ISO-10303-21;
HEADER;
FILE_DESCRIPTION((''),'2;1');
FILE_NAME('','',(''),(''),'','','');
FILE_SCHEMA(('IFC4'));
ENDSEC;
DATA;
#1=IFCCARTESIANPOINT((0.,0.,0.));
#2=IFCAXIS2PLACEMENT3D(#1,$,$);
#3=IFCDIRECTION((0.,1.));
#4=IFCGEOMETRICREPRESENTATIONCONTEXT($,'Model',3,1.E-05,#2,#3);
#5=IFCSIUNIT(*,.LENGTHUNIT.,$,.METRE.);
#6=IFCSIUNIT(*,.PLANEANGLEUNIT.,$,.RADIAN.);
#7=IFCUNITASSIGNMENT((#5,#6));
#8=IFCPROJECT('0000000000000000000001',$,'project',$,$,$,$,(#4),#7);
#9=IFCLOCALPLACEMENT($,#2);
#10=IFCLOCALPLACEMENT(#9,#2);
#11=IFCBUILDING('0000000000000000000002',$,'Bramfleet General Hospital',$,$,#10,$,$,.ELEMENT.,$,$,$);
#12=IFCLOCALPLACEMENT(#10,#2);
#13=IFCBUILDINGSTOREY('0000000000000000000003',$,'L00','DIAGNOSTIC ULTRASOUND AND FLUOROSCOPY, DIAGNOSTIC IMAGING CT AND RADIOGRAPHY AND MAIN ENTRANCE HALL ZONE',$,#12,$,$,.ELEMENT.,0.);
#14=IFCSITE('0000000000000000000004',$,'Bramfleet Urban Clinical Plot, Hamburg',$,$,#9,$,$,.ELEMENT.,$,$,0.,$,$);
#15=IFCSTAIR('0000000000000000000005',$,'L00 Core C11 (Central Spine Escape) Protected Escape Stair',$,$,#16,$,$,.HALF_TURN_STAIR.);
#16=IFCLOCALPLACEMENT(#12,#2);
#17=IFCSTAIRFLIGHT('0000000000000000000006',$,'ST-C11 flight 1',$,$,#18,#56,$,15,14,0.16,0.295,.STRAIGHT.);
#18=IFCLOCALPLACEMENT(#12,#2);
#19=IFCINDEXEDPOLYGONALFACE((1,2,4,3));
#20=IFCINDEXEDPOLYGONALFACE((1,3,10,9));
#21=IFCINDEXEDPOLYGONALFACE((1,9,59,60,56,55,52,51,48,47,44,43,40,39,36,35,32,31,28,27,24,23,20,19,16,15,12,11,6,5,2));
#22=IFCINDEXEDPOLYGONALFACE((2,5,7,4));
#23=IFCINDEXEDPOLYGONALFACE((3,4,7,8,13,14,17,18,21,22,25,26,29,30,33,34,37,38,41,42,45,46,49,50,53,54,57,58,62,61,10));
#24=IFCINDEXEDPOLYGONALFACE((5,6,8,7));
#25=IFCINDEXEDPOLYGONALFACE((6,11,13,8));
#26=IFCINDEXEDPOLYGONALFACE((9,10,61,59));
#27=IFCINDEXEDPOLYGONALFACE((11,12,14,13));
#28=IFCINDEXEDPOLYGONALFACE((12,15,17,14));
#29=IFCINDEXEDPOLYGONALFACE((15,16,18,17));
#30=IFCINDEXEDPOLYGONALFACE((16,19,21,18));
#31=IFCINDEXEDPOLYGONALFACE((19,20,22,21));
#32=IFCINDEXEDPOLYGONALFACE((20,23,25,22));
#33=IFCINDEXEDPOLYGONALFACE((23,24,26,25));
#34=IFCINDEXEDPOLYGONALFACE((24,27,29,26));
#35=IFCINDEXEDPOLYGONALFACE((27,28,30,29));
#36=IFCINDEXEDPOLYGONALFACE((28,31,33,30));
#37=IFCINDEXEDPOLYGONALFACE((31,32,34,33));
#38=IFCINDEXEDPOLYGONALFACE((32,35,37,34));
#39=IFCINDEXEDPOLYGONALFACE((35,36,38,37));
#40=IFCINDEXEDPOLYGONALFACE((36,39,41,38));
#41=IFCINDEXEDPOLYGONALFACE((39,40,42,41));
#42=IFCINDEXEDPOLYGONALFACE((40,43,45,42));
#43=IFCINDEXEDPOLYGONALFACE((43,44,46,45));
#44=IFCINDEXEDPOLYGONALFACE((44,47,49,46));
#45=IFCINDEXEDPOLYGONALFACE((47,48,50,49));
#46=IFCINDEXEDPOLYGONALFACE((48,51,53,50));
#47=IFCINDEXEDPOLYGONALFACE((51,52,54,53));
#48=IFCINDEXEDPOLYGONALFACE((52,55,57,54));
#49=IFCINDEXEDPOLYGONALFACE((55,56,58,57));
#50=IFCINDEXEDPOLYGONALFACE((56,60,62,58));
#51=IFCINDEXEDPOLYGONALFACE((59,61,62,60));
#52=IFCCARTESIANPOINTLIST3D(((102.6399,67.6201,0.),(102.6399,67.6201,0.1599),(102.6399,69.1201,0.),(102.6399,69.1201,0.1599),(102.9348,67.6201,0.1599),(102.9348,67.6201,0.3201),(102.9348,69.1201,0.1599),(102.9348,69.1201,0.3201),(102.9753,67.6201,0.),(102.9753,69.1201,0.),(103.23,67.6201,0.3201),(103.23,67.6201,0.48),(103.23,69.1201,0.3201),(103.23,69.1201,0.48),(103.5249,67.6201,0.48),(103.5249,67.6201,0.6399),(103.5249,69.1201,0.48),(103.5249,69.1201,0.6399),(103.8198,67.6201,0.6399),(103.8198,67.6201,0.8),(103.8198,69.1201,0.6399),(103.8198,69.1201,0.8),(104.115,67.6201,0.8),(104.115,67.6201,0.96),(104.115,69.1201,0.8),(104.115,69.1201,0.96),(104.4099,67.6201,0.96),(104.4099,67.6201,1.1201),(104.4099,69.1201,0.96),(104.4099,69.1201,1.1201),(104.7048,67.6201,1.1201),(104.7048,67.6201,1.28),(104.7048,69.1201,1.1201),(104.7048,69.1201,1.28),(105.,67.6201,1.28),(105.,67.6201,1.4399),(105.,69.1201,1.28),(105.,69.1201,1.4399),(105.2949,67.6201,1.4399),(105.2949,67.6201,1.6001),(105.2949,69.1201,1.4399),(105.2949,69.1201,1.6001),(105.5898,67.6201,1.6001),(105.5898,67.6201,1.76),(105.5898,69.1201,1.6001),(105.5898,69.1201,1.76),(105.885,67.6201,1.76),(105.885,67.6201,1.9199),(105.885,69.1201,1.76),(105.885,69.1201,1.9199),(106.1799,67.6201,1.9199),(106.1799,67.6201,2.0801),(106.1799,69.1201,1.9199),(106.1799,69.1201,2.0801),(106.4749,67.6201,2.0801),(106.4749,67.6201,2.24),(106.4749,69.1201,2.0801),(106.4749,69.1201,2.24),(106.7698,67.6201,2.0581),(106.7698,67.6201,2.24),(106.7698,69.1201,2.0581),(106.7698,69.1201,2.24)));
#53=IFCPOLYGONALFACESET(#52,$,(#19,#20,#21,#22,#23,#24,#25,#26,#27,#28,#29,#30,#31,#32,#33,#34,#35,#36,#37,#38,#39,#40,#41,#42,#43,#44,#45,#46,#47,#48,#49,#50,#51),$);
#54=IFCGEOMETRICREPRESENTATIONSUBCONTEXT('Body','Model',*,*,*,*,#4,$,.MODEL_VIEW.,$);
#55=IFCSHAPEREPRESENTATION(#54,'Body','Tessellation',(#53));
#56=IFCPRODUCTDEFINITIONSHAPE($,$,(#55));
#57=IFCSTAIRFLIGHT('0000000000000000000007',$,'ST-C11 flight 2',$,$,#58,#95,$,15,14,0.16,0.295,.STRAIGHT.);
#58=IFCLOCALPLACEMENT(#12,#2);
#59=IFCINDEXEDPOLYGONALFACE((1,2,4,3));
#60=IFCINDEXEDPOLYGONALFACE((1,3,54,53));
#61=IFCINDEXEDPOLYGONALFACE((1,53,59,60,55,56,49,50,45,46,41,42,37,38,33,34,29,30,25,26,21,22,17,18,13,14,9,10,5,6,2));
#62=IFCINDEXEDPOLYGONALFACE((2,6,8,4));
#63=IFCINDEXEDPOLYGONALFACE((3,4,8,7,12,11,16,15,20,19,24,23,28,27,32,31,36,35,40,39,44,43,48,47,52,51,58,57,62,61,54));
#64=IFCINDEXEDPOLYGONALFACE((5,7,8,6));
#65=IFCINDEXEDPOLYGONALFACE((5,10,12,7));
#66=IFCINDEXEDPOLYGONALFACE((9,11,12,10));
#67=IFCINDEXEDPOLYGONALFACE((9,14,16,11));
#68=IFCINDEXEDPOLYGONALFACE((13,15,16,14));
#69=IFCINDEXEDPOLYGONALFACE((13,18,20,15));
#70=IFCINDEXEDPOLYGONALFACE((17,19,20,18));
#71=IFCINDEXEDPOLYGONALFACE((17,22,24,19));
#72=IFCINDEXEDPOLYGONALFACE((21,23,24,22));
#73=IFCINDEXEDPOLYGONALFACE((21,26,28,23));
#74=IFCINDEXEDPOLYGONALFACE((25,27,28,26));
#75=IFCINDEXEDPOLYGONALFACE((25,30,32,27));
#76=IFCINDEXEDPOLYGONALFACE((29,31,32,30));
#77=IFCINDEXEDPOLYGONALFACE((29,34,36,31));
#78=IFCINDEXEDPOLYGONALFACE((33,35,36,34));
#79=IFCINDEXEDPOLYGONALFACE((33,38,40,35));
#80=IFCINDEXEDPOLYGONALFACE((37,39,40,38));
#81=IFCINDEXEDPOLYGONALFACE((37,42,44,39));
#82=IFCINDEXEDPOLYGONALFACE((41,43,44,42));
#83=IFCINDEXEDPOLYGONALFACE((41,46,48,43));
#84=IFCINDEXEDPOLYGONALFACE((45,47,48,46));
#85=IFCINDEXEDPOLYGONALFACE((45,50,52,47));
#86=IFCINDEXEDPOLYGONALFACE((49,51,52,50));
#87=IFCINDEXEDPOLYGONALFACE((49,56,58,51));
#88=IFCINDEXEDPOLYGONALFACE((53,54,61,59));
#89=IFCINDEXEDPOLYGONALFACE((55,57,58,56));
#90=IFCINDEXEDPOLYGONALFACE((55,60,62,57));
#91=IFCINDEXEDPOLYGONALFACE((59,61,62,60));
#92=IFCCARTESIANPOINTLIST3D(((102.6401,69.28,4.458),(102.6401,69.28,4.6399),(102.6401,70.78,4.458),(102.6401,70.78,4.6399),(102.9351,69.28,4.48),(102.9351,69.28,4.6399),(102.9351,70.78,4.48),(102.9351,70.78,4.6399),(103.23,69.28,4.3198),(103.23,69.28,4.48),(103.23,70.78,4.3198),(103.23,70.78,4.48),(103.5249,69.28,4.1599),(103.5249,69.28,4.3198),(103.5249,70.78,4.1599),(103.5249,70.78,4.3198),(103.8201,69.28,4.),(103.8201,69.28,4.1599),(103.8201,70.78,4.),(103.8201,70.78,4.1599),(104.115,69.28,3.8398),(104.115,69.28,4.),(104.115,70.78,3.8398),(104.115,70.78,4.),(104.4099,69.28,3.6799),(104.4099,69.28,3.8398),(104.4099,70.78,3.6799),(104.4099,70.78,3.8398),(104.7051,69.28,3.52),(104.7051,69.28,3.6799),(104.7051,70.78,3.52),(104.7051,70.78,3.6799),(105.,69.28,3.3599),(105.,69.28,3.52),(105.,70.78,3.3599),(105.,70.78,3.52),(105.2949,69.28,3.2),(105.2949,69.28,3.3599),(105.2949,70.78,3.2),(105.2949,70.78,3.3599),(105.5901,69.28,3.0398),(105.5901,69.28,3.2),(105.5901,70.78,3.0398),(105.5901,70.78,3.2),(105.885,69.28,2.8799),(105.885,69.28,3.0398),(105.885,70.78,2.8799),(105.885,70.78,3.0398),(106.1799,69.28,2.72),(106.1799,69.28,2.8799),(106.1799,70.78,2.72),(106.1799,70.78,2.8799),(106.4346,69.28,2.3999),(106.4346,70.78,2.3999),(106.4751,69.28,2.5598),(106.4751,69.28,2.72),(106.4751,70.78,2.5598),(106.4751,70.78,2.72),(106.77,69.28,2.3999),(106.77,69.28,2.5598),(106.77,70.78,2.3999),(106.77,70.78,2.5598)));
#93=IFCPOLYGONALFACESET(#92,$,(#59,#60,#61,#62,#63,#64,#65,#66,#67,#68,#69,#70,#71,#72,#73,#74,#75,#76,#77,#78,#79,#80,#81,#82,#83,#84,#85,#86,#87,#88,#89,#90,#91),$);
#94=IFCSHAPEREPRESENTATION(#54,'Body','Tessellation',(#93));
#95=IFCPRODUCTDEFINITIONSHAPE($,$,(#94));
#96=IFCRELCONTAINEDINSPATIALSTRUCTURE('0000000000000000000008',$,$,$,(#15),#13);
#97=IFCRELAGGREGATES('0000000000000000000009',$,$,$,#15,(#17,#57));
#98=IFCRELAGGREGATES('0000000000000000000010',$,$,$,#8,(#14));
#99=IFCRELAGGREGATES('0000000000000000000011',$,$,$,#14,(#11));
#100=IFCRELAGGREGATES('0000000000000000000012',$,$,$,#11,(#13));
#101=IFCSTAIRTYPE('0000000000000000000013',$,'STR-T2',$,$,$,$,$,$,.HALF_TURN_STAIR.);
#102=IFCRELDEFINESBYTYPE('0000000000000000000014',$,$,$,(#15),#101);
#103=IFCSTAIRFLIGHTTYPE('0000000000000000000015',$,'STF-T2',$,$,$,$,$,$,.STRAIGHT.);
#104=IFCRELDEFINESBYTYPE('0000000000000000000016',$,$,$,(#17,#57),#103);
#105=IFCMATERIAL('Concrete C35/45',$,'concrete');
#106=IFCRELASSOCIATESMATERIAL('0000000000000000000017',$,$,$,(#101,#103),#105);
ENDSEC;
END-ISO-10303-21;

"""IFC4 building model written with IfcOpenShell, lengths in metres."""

from ifc_helpers import new_model, si_unit, direction, frame, origin, place, context, subcontext, project, spatial, polyline, outline, extrude, material, type_object, element, aggregate, save


model = new_model("IFC4")

# Units and contexts
model_context = context("Model", 3, precision=1e-05, world=origin(), true_north=direction((0.0, 1.0)))
body_context = subcontext(model_context, "Body", "Model", "MODEL_VIEW")
ifc_project = project(units=[si_unit("LENGTHUNIT", "METRE"), si_unit("PLANEANGLEUNIT", "RADIAN")], contexts=[model_context])

# Site, building, storey
site_placement = place(None, origin())
site = spatial("IfcSite", under=ifc_project, at=site_placement, Name="Bramfleet Urban Clinical Plot, Hamburg", CompositionType="ELEMENT", RefElevation=0.0)
building_placement = place(site_placement, origin())
building = spatial("IfcBuilding", under=site, at=building_placement, Name="Bramfleet General Hospital", CompositionType="ELEMENT")
storey_placement = place(building_placement, origin())
storey = spatial("IfcBuildingStorey", under=building, at=storey_placement, Name="L00", Description="DIAGNOSTIC ULTRASOUND AND FLUOROSCOPY, DIAGNOSTIC IMAGING CT AND RADIOGRAPHY AND MAIN ENTRANCE HALL ZONE", CompositionType="ELEMENT", Elevation=0.0)

# Shared definitions
ifc_material_1 = material(Name="Concrete C35/45", Category="concrete")

# Stair, stair flights
stair_type = type_object("IfcStairType", Name="STR-T2", PredefinedType="HALF_TURN_STAIR", material=ifc_material_1)
stair_placement = place(storey_placement, origin())
stair = element("IfcStair", 1, at=stair_placement, inside=storey, type_object=stair_type, Name="L00 Core C11 (Central Spine Escape) Protected Escape Stair", PredefinedType="HALF_TURN_STAIR")
stair_flight_type = type_object("IfcStairFlightType", Name="STF-T2", PredefinedType="STRAIGHT", material=ifc_material_1)
stair_flight_1_placement = place(storey_placement, frame((102.6399, 68.3701, 0.0), z_axis=(0.0, 0.0, 1.0), x_axis=(1.0, 0.0, 0.0)))
stair_flight_1 = element("IfcStairFlight", 2, at=stair_flight_1_placement, type_object=stair_flight_type, Name="ST-C11 flight 1", NumberOfRisers=15, NumberOfTreads=14, PredefinedType="STRAIGHT", RiserHeight=0.16, TreadLength=0.295, context=body_context, shape_type="SweptSolid", body=[
    extrude(outline(polyline([(0.0, 0.0), (0.0, 0.1599), (0.2949, 0.1599), (0.2949, 0.3201), (0.5901, 0.3201), (0.5901, 0.48), (0.885, 0.48), (0.885, 0.6399), (1.1799, 0.6399), (1.1799, 0.8), (1.4751, 0.8), (1.4751, 0.96), (1.77, 0.96), (1.77, 1.1201), (2.0649, 1.1201), (2.0649, 1.28), (2.3601, 1.28), (2.3601, 1.4399), (2.655, 1.4399), (2.655, 1.6001), (2.95, 1.6001), (2.95, 1.76), (3.2451, 1.76), (3.2451, 1.9199), (3.54, 1.9199), (3.54, 2.0801), (3.835, 2.0801), (3.835, 2.24), (4.1299, 2.24), (4.1299, 2.3999), (4.1299, 2.0581), (0.3354, 0.0), (0.0, 0.0)])), frame((0.0, 0.75, 0.0), z_axis=(0.0, -1.0, 0.0), x_axis=(1.0, 0.0, 0.0)), (0.0, 0.0, 1.0), 1.5),
])
stair_flight_2_placement = place(storey_placement, frame((106.77, 70.03, 2.3999), z_axis=(0.0, 0.0, 1.0), x_axis=(-1.0, 0.0, 0.0)))
stair_flight_2 = element("IfcStairFlight", 3, at=stair_flight_2_placement, type_object=stair_flight_type, Name="ST-C11 flight 2", NumberOfRisers=15, NumberOfTreads=14, PredefinedType="STRAIGHT", RiserHeight=0.16, TreadLength=0.295, context=body_context, shape_type="SweptSolid", body=[
    extrude(outline(polyline([(0.0, 0.0), (0.0, 0.1599), (0.2949, 0.1599), (0.2949, 0.3201), (0.5901, 0.3201), (0.5901, 0.48), (0.885, 0.48), (0.885, 0.6399), (1.1799, 0.6399), (1.1799, 0.8), (1.4751, 0.8), (1.4751, 0.96), (1.77, 0.96), (1.77, 1.1201), (2.0649, 1.1201), (2.0649, 1.28), (2.3601, 1.28), (2.3601, 1.4399), (2.655, 1.4399), (2.655, 1.6001), (2.95, 1.6001), (2.95, 1.76), (3.2451, 1.76), (3.2451, 1.9199), (3.54, 1.9199), (3.54, 2.0801), (3.835, 2.0801), (3.835, 2.24), (4.1299, 2.24), (4.1299, 2.3999), (4.1299, 2.0581), (0.3354, 0.0), (0.0, 0.0)])), frame((0.0, 0.75, 0.0), z_axis=(0.0, -1.0, 0.0), x_axis=(1.0, 0.0, 0.0)), (0.0, 0.0, 1.0), 1.5),
])
aggregate(stair, [stair_flight_1, stair_flight_2])

save(model, "model.ifc")
